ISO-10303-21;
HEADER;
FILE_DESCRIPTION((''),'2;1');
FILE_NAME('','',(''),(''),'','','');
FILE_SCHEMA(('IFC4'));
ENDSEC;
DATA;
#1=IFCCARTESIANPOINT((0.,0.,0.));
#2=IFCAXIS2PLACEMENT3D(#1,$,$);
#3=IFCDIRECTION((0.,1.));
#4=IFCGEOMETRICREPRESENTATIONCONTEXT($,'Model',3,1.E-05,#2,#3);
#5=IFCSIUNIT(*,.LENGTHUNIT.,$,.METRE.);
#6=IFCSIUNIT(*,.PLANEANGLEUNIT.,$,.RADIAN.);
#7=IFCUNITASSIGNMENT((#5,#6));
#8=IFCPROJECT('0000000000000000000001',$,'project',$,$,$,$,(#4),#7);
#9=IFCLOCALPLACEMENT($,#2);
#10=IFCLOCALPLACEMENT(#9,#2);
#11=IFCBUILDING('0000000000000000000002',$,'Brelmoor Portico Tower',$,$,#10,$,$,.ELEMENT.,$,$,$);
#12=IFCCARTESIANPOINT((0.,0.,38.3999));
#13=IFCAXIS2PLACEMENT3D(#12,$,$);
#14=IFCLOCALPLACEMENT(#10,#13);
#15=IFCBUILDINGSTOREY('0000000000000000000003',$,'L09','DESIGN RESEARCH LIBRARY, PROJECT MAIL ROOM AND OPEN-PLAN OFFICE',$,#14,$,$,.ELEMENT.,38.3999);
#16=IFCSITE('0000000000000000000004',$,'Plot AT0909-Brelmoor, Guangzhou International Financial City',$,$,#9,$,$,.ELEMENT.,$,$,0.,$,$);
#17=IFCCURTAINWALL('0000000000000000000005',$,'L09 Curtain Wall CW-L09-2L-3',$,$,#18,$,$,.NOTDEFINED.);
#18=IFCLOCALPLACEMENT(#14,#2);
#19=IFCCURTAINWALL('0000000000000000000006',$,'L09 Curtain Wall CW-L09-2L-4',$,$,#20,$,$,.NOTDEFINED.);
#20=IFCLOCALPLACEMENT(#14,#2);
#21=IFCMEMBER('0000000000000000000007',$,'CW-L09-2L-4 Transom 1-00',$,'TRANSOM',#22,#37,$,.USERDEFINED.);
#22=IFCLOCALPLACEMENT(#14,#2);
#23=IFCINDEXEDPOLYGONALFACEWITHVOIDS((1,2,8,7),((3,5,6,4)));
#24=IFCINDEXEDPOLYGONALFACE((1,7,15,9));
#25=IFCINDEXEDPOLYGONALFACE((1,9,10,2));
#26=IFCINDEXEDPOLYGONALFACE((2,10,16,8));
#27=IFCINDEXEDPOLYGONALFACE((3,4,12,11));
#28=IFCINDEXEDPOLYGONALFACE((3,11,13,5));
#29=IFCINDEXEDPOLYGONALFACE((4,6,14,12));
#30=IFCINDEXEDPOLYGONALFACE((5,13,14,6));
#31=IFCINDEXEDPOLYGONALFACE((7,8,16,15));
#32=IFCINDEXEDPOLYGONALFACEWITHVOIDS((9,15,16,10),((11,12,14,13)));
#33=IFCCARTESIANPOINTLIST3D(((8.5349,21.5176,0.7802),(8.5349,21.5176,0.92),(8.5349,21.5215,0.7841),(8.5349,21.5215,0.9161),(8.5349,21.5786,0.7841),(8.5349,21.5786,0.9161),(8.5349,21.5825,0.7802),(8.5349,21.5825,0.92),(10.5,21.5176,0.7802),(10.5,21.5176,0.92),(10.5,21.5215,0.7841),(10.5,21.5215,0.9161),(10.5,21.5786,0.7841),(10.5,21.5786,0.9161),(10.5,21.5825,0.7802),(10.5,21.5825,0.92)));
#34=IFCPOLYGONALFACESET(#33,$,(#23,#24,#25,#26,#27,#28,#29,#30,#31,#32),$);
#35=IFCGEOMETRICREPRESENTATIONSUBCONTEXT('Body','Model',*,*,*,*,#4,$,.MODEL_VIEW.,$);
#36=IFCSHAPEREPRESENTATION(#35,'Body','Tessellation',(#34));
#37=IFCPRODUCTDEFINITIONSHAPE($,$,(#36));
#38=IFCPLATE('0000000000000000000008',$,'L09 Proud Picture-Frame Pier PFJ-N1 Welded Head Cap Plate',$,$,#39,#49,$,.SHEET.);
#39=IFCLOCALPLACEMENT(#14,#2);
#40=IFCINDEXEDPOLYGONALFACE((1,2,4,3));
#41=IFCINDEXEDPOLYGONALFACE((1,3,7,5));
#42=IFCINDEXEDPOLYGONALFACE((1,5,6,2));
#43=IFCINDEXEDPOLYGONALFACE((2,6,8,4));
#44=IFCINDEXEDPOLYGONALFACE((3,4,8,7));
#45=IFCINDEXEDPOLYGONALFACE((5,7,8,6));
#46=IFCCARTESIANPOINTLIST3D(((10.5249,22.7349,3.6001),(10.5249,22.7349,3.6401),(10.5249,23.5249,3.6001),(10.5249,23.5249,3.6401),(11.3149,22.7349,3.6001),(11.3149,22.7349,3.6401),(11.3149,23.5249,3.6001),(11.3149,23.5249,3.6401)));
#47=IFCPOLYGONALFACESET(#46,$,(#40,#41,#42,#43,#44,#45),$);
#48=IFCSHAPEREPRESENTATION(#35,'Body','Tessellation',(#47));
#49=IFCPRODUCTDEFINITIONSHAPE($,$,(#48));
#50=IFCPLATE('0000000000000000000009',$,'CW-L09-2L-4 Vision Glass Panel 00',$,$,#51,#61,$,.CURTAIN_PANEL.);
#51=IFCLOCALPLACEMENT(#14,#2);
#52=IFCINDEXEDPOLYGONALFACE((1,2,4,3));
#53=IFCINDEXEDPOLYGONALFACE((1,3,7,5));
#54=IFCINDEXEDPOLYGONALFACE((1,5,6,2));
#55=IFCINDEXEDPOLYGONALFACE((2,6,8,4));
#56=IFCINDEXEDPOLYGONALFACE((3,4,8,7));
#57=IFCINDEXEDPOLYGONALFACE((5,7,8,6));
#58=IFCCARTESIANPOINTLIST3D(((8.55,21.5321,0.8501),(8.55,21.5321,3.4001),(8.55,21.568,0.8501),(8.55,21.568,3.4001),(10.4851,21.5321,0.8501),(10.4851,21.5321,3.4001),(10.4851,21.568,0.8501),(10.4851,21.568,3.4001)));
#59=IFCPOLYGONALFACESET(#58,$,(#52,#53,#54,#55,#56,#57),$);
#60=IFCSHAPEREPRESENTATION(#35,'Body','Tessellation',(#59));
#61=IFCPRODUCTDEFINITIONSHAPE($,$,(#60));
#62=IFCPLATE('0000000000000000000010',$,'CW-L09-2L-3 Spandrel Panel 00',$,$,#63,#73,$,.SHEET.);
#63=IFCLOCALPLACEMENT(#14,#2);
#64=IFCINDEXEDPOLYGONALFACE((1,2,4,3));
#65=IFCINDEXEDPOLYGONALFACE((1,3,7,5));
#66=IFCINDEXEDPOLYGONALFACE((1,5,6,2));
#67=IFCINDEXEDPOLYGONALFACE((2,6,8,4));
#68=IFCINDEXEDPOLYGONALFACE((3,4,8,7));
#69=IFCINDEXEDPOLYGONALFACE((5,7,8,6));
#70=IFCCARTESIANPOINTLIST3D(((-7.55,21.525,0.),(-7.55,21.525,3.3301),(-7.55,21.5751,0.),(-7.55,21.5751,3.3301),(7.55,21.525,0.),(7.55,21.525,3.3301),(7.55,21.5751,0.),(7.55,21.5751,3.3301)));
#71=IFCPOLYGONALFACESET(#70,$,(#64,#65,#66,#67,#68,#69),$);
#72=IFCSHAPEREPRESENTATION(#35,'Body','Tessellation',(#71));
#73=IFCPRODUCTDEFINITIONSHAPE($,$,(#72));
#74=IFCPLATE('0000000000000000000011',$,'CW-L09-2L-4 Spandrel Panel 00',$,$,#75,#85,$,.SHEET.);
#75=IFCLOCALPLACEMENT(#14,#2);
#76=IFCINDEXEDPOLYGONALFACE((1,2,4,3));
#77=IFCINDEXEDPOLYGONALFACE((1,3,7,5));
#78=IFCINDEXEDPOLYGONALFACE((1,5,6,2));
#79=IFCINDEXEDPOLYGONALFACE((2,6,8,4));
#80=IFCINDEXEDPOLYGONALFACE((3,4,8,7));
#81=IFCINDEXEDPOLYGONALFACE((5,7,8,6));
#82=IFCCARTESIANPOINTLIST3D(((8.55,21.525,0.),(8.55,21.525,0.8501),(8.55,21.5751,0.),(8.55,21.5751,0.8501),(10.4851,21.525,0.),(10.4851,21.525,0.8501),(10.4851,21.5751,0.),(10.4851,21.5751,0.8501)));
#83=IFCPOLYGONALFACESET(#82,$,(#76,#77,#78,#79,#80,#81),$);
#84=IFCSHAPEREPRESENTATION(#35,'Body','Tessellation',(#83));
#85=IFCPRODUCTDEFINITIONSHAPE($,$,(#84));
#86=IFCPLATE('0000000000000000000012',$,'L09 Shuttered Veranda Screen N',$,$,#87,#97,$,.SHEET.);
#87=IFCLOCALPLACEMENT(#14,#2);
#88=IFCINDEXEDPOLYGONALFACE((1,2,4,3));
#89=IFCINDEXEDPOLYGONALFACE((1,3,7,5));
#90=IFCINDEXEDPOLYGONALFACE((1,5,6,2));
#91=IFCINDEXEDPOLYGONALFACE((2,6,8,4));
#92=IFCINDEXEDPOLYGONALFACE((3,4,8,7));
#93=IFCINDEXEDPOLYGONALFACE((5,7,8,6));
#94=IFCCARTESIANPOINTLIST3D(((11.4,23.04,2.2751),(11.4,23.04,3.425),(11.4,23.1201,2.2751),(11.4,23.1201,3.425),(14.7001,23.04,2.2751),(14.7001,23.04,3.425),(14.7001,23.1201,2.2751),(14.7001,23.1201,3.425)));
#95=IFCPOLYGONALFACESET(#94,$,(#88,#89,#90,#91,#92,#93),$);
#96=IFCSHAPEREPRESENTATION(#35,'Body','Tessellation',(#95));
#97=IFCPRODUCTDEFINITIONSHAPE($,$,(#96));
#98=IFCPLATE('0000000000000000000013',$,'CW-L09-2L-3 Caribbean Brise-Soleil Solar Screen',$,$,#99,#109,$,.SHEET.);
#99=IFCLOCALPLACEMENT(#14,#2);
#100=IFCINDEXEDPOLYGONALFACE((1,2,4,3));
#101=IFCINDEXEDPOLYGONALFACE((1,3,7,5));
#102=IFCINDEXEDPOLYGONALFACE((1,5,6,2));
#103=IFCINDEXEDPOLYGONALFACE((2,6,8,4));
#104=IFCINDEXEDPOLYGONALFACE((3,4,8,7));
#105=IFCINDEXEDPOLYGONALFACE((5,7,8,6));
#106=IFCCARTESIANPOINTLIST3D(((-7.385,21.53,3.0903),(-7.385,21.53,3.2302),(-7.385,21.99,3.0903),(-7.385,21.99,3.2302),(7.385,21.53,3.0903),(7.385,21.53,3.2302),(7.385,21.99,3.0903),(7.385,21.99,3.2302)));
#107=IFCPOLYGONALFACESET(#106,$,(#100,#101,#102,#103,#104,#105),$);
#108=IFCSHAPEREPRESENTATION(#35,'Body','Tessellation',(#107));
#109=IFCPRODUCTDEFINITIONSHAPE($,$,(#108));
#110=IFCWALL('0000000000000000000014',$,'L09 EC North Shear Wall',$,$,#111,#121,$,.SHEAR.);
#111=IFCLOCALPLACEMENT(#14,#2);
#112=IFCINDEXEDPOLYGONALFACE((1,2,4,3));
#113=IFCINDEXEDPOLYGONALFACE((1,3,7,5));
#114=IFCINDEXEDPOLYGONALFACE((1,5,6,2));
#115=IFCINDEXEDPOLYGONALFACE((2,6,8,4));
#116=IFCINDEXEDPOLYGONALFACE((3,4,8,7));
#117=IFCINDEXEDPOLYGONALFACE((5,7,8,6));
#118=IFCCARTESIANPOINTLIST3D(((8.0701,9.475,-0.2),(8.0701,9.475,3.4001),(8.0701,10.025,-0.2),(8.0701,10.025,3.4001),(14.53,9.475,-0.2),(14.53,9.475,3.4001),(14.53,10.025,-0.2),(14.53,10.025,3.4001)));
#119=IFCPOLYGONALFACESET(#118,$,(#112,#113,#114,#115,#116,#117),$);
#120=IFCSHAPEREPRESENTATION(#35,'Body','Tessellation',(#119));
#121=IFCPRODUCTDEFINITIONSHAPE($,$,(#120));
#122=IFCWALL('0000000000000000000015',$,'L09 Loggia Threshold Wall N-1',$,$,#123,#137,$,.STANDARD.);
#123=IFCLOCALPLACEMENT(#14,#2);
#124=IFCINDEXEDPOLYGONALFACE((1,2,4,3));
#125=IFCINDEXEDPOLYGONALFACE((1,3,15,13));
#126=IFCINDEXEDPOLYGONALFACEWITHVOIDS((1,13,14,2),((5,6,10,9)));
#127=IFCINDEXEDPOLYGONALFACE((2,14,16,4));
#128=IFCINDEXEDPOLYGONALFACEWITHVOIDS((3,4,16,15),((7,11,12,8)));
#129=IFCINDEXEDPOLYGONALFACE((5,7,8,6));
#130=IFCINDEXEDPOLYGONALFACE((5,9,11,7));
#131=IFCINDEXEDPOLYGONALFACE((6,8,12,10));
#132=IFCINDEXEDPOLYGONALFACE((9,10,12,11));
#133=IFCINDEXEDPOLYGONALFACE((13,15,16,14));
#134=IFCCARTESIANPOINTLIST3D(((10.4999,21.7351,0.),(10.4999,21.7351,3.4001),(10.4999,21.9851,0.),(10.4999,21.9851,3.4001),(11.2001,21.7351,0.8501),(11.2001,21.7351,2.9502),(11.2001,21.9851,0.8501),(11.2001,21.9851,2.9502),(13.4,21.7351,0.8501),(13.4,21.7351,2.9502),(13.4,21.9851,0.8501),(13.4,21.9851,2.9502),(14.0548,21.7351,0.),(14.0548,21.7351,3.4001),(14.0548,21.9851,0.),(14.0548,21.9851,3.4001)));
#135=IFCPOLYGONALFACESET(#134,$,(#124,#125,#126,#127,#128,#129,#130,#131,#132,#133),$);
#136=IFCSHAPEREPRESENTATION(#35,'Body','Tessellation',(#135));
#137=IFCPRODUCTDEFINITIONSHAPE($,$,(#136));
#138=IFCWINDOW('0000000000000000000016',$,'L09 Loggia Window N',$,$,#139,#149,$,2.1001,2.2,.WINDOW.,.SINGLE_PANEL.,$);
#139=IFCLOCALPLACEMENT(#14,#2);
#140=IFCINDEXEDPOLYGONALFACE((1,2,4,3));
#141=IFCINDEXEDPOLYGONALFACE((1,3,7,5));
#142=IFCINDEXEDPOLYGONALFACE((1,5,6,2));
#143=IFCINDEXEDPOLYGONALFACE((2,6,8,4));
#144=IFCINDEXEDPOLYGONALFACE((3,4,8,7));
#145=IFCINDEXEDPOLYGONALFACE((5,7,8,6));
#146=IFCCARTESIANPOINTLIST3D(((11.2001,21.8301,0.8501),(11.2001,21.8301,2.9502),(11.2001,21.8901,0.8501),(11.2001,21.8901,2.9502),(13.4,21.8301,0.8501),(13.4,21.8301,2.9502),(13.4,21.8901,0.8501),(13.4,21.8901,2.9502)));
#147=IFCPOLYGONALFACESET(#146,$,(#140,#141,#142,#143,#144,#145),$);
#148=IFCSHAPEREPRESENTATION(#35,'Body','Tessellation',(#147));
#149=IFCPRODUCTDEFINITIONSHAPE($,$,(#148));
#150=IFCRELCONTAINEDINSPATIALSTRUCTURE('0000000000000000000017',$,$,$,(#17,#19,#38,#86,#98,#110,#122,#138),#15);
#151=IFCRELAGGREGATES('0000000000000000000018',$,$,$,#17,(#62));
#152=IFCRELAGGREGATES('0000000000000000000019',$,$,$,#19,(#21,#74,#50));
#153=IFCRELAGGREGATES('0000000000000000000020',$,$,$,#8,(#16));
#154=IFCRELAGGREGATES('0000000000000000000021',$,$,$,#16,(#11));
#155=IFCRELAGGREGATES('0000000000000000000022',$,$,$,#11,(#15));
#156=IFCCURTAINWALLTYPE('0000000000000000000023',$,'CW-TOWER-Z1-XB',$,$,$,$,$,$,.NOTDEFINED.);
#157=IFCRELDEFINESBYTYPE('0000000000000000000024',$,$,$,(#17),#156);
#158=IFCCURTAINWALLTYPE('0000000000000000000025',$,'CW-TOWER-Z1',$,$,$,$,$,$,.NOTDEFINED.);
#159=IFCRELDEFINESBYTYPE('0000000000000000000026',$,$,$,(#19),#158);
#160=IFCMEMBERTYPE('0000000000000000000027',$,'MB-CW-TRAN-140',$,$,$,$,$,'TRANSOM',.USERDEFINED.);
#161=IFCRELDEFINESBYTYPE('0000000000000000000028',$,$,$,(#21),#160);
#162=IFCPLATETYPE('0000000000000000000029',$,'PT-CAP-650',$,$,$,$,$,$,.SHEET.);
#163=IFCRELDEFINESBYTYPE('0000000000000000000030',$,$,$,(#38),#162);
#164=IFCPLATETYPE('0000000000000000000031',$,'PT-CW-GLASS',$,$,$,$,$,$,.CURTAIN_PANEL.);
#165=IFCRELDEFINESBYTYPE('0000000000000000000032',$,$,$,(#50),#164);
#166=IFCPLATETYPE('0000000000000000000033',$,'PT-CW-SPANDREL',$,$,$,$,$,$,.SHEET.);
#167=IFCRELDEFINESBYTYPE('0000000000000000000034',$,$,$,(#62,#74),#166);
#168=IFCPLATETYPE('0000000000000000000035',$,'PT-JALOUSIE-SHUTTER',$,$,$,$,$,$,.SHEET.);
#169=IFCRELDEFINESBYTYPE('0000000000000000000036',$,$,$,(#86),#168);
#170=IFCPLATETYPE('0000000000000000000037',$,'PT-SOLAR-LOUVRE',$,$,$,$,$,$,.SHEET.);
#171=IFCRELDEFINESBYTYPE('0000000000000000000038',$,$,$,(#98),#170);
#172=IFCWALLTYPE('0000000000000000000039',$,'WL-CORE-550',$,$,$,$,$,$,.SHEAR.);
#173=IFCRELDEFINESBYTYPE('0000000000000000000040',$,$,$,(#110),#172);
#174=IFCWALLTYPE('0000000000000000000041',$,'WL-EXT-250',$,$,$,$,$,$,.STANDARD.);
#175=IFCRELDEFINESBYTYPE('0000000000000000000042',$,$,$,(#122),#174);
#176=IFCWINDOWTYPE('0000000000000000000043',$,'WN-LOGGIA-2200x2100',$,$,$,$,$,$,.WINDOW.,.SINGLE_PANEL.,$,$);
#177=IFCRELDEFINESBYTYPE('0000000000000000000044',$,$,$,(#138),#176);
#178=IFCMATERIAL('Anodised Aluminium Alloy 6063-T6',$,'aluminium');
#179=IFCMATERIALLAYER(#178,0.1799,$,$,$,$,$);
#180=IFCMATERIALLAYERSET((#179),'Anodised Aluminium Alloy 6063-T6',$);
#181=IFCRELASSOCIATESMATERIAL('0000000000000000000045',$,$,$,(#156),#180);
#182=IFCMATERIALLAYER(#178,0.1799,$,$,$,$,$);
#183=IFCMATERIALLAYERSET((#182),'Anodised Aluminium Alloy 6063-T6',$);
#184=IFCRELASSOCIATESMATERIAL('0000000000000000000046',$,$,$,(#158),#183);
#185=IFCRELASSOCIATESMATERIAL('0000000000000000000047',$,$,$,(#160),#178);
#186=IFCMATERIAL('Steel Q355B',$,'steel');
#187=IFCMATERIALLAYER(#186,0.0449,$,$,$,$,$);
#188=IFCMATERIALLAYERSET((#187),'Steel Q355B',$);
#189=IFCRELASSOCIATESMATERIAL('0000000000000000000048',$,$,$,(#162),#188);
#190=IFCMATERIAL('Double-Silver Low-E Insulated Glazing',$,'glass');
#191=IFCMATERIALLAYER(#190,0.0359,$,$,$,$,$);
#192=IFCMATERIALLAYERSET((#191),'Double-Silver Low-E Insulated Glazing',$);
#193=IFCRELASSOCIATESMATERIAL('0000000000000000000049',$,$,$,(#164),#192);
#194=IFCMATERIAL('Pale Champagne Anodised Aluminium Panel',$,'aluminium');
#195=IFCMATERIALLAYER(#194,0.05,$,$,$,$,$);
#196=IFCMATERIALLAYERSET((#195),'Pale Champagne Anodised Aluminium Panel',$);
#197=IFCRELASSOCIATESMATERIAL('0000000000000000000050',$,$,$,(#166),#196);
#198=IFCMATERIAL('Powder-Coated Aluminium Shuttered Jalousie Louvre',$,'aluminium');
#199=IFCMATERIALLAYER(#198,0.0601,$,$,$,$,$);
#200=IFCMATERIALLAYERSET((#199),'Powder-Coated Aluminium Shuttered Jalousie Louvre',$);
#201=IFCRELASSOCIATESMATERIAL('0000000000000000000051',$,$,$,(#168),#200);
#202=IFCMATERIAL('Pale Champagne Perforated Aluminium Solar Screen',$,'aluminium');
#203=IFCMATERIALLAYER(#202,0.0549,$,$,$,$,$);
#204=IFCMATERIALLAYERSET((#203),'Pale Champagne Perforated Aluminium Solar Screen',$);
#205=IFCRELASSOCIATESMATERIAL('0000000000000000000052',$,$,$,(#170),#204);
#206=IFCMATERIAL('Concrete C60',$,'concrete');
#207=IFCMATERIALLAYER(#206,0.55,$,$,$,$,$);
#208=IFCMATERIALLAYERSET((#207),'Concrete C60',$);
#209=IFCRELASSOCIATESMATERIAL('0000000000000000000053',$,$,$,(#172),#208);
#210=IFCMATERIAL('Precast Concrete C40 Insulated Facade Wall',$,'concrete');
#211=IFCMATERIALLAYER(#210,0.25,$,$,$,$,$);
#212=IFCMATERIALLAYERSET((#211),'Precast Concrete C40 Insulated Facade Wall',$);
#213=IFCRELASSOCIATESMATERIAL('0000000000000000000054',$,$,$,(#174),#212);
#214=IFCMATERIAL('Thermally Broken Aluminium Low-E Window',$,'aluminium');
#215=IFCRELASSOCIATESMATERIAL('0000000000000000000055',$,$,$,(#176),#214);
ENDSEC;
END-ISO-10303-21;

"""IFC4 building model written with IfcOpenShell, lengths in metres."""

from ifc_helpers import new_model, si_unit, direction, frame, frame_2d, origin, origin_2d, place, context, subcontext, project, spatial, rectangle, hollow_rectangle, extrude, material, layer, layer_set, material_profile, profile_set, type_object, element, fill, aggregate, save


model = new_model("IFC4")

# Units and contexts
model_context = context("Model", 3, precision=1e-05, world=origin(), true_north=direction((0.0, 1.0)))
body_context = subcontext(model_context, "Body", "Model", "MODEL_VIEW")
ifc_project = project(units=[si_unit("LENGTHUNIT", "METRE"), si_unit("PLANEANGLEUNIT", "RADIAN")], contexts=[model_context])

# Site, building, storey
site_placement = place(None, origin())
site = spatial("IfcSite", under=ifc_project, at=site_placement, Name="Plot AT0909-Brelmoor, Guangzhou International Financial City", CompositionType="ELEMENT", RefElevation=0.0)
building_placement = place(site_placement, origin())
building = spatial("IfcBuilding", under=site, at=building_placement, Name="Brelmoor Portico Tower", CompositionType="ELEMENT")
storey_placement = place(building_placement, frame((0.0, 0.0, 38.3999)))
storey = spatial("IfcBuildingStorey", under=building, at=storey_placement, Name="L09", Description="DESIGN RESEARCH LIBRARY, PROJECT MAIL ROOM AND OPEN-PLAN OFFICE", CompositionType="ELEMENT", Elevation=38.3999)

# Shared definitions
ifc_material_1 = material(Name="Steel Q355B", Category="steel")

# Curtain wall
ifc_material_2 = material(Name="Anodised Aluminium Alloy 6063-T6", Category="aluminium")
ifc_layer_1 = layer(ifc_material_2, 0.1799)
ifc_layer_set_1 = layer_set([ifc_layer_1], Name="Anodised Aluminium Alloy 6063-T6")
curtain_wall_type_1 = type_object("IfcCurtainWallType", Name="CW-TOWER-Z1-XB", PredefinedType="NOTDEFINED", material=ifc_layer_set_1)
curtain_wall_1_placement = place(storey_placement, origin())
curtain_wall_1 = element("IfcCurtainWall", 1, at=curtain_wall_1_placement, inside=storey, type_object=curtain_wall_type_1, Name="L09 Curtain Wall CW-L09-2L-3", PredefinedType="NOTDEFINED")

# Curtain wall, member
ifc_layer_2 = layer(ifc_material_2, 0.1799)
ifc_layer_set_2 = layer_set([ifc_layer_2], Name="Anodised Aluminium Alloy 6063-T6")
curtain_wall_type_2 = type_object("IfcCurtainWallType", Name="CW-TOWER-Z1", PredefinedType="NOTDEFINED", material=ifc_layer_set_2)
curtain_wall_2_placement = place(storey_placement, origin())
curtain_wall_2 = element("IfcCurtainWall", 2, at=curtain_wall_2_placement, inside=storey, type_object=curtain_wall_type_2, Name="L09 Curtain Wall CW-L09-2L-4", PredefinedType="NOTDEFINED")
ifc_material_profile_1 = material_profile(ifc_material_2, hollow_rectangle(XDim=0.0649, YDim=0.1399, WallThickness=0.0039, at=origin_2d()), Name="ALU TRANSOM 65x140")
ifc_profile_set_1 = profile_set([ifc_material_profile_1], Name="Anodised Aluminium Alloy 6063-T6")
member_type_1 = type_object("IfcMemberType", Name="MB-CW-TRAN-140", ElementType="TRANSOM", PredefinedType="USERDEFINED", material=ifc_profile_set_1)
member_1_placement = place(storey_placement, frame((8.5349, 21.55, 0.8501), z_axis=(1.0, 0.0, 0.0), x_axis=(0.0, 1.0, 0.0)))
member_1 = element("IfcMember", 3, at=member_1_placement, type_object=member_type_1, Name="CW-L09-2L-4 Transom 1-00", ObjectType="TRANSOM", PredefinedType="USERDEFINED", context=body_context, shape_type="SweptSolid", body=[
    extrude(hollow_rectangle(XDim=0.0649, YDim=0.1399, WallThickness=0.0039, at=origin_2d()), origin(), (0.0, 0.0, 1.0), 1.9651),
])

# Plates
ifc_layer_3 = layer(ifc_material_1, 0.0449)
ifc_layer_set_3 = layer_set([ifc_layer_3], Name="Steel Q355B")
plate_type_1 = type_object("IfcPlateType", Name="PT-CAP-650", PredefinedType="SHEET", material=ifc_layer_set_3)
plate_1_placement = place(storey_placement, frame((10.9199, 23.1299, 3.6001), z_axis=(0.0, 0.0, 1.0), x_axis=(1.0, 0.0, 0.0)))
element("IfcPlate", 4, at=plate_1_placement, inside=storey, type_object=plate_type_1, Name="L09 Proud Picture-Frame Pier PFJ-N1 Welded Head Cap Plate", PredefinedType="SHEET", context=body_context, shape_type="SweptSolid", body=[
    extrude(rectangle(XDim=0.79, YDim=0.79, at=origin_2d()), origin(), (0.0, 0.0, 1.0), 0.04),
])
ifc_material_3 = material(Name="Double-Silver Low-E Insulated Glazing", Category="glass")
ifc_layer_4 = layer(ifc_material_3, 0.0359)
ifc_layer_set_4 = layer_set([ifc_layer_4], Name="Double-Silver Low-E Insulated Glazing")
plate_type_2 = type_object("IfcPlateType", Name="PT-CW-GLASS", PredefinedType="CURTAIN_PANEL", material=ifc_layer_set_4)
plate_2_placement = place(storey_placement, frame((9.5176, 21.55, 0.8501), z_axis=(0.0, 0.0, 1.0), x_axis=(1.0, 0.0, 0.0)))
plate_2 = element("IfcPlate", 5, at=plate_2_placement, type_object=plate_type_2, Name="CW-L09-2L-4 Vision Glass Panel 00", PredefinedType="CURTAIN_PANEL", context=body_context, shape_type="SweptSolid", body=[
    extrude(rectangle(XDim=1.9351, YDim=0.0359, at=origin_2d()), origin(), (0.0, 0.0, 1.0), 2.55),
])
ifc_material_4 = material(Name="Pale Champagne Anodised Aluminium Panel", Category="aluminium")
ifc_layer_5 = layer(ifc_material_4, 0.05)
ifc_layer_set_5 = layer_set([ifc_layer_5], Name="Pale Champagne Anodised Aluminium Panel")
plate_type_3 = type_object("IfcPlateType", Name="PT-CW-SPANDREL", PredefinedType="SHEET", material=ifc_layer_set_5)
plate_3_placement = place(storey_placement, frame((0.0, 21.55, 0.0), z_axis=(0.0, 0.0, 1.0), x_axis=(1.0, 0.0, 0.0)))
plate_3 = element("IfcPlate", 6, at=plate_3_placement, type_object=plate_type_3, Name="CW-L09-2L-3 Spandrel Panel 00", PredefinedType="SHEET", context=body_context, shape_type="SweptSolid", body=[
    extrude(rectangle(XDim=15.1001, YDim=0.05, at=origin_2d()), origin(), (0.0, 0.0, 1.0), 3.3301),
])
aggregate(curtain_wall_1, [plate_3])
plate_4_placement = place(storey_placement, frame((9.5176, 21.55, 0.0), z_axis=(0.0, 0.0, 1.0), x_axis=(1.0, 0.0, 0.0)))
plate_4 = element("IfcPlate", 7, at=plate_4_placement, type_object=plate_type_3, Name="CW-L09-2L-4 Spandrel Panel 00", PredefinedType="SHEET", context=body_context, shape_type="SweptSolid", body=[
    extrude(rectangle(XDim=1.9351, YDim=0.05, at=origin_2d()), origin(), (0.0, 0.0, 1.0), 0.8501),
])
aggregate(curtain_wall_2, [member_1, plate_4, plate_2])

# Plates
ifc_material_5 = material(Name="Powder-Coated Aluminium Shuttered Jalousie Louvre", Category="aluminium")
ifc_layer_6 = layer(ifc_material_5, 0.0601)
ifc_layer_set_6 = layer_set([ifc_layer_6], Name="Powder-Coated Aluminium Shuttered Jalousie Louvre")
plate_type_4 = type_object("IfcPlateType", Name="PT-JALOUSIE-SHUTTER", PredefinedType="SHEET", material=ifc_layer_set_6)
plate_5_placement = place(storey_placement, frame((13.05, 23.0801, 2.2751), z_axis=(0.0, 0.0, 1.0), x_axis=(1.0, 0.0, 0.0)))
element("IfcPlate", 8, at=plate_5_placement, inside=storey, type_object=plate_type_4, Name="L09 Shuttered Veranda Screen N", PredefinedType="SHEET", context=body_context, shape_type="SweptSolid", body=[
    extrude(rectangle(XDim=3.3, YDim=0.0801, at=origin_2d()), origin(), (0.0, 0.0, 1.0), 1.1499),
])
ifc_material_6 = material(Name="Pale Champagne Perforated Aluminium Solar Screen", Category="aluminium")
ifc_layer_7 = layer(ifc_material_6, 0.0549)
ifc_layer_set_7 = layer_set([ifc_layer_7], Name="Pale Champagne Perforated Aluminium Solar Screen")
plate_type_5 = type_object("IfcPlateType", Name="PT-SOLAR-LOUVRE", PredefinedType="SHEET", material=ifc_layer_set_7)
plate_6_placement = place(storey_placement, frame((0.0, 21.76, 3.0903), z_axis=(0.0, 0.0, 1.0), x_axis=(1.0, 0.0, 0.0)))
element("IfcPlate", 9, at=plate_6_placement, inside=storey, type_object=plate_type_5, Name="CW-L09-2L-3 Caribbean Brise-Soleil Solar Screen", PredefinedType="SHEET", context=body_context, shape_type="SweptSolid", body=[
    extrude(rectangle(XDim=14.77, YDim=0.46, at=origin_2d()), origin(), (0.0, 0.0, 1.0), 0.1399),
])

# Wall
ifc_material_7 = material(Name="Concrete C60", Category="concrete")
ifc_layer_8 = layer(ifc_material_7, 0.55)
ifc_layer_set_8 = layer_set([ifc_layer_8], Name="Concrete C60")
wall_type_1 = type_object("IfcWallType", Name="WL-CORE-550", PredefinedType="SHEAR", material=ifc_layer_set_8)
wall_1_placement = place(storey_placement, frame((8.0701, 9.75, -0.2), z_axis=(0.0, 0.0, 1.0), x_axis=(1.0, 0.0, 0.0)))
element("IfcWall", 10, at=wall_1_placement, inside=storey, type_object=wall_type_1, Name="L09 EC North Shear Wall", PredefinedType="SHEAR", context=body_context, shape_type="SweptSolid", body=[
    extrude(rectangle(XDim=6.46, YDim=0.55, at=frame_2d((3.23, 0.0))), origin(), (0.0, 0.0, 1.0), 3.6001),
])

# Wall, opening, window
ifc_material_8 = material(Name="Precast Concrete C40 Insulated Facade Wall", Category="concrete")
ifc_layer_9 = layer(ifc_material_8, 0.25)
ifc_layer_set_9 = layer_set([ifc_layer_9], Name="Precast Concrete C40 Insulated Facade Wall")
wall_type_2 = type_object("IfcWallType", Name="WL-EXT-250", PredefinedType="STANDARD", material=ifc_layer_set_9)
wall_2_placement = place(storey_placement, frame((10.5, 21.8601, 0.0), z_axis=(0.0, 0.0, 1.0), x_axis=(1.0, 0.0, 0.0)))
wall_2 = element("IfcWall", 11, at=wall_2_placement, inside=storey, type_object=wall_type_2, Name="L09 Loggia Threshold Wall N-1", PredefinedType="STANDARD", context=body_context, shape_type="SweptSolid", body=[
    extrude(rectangle(XDim=3.5549, YDim=0.25, at=frame_2d((1.7773, 0.0))), origin(), (0.0, 0.0, 1.0), 3.4001),
])
opening_1_placement = place(wall_2_placement, frame((0.7, 0.0, 0.8501)))
opening_1 = element("IfcOpeningElement", 12, at=opening_1_placement, cuts=wall_2, PredefinedType="OPENING", context=body_context, shape_type="SweptSolid", body=[
    extrude(rectangle(XDim=2.2, YDim=2.1001, at=frame_2d((1.1001, 1.05))), frame((0.0, 0.135, 0.0), z_axis=(0.0, -1.0, 0.0), x_axis=(1.0, 0.0, 0.0)), (0.0, 0.0, 1.0), 0.27),
])
ifc_material_9 = material(Name="Thermally Broken Aluminium Low-E Window", Category="aluminium")
window_type = type_object("IfcWindowType", Name="WN-LOGGIA-2200x2100", PartitioningType="SINGLE_PANEL", PredefinedType="WINDOW", material=ifc_material_9)
window_placement = place(opening_1_placement, origin())
window = element("IfcWindow", 13, at=window_placement, inside=storey, type_object=window_type, Name="L09 Loggia Window N", OverallHeight=2.1001, OverallWidth=2.2, PartitioningType="SINGLE_PANEL", PredefinedType="WINDOW", context=body_context, shape_type="SweptSolid", body=[
    extrude(rectangle(XDim=2.2, YDim=2.1001, at=frame_2d((1.1001, 1.05))), frame((0.0, 0.03, 0.0), z_axis=(0.0, -1.0, 0.0), x_axis=(1.0, 0.0, 0.0)), (0.0, 0.0, 1.0), 0.0601),
])
fill(opening_1, window)

save(model, "model.ifc")
